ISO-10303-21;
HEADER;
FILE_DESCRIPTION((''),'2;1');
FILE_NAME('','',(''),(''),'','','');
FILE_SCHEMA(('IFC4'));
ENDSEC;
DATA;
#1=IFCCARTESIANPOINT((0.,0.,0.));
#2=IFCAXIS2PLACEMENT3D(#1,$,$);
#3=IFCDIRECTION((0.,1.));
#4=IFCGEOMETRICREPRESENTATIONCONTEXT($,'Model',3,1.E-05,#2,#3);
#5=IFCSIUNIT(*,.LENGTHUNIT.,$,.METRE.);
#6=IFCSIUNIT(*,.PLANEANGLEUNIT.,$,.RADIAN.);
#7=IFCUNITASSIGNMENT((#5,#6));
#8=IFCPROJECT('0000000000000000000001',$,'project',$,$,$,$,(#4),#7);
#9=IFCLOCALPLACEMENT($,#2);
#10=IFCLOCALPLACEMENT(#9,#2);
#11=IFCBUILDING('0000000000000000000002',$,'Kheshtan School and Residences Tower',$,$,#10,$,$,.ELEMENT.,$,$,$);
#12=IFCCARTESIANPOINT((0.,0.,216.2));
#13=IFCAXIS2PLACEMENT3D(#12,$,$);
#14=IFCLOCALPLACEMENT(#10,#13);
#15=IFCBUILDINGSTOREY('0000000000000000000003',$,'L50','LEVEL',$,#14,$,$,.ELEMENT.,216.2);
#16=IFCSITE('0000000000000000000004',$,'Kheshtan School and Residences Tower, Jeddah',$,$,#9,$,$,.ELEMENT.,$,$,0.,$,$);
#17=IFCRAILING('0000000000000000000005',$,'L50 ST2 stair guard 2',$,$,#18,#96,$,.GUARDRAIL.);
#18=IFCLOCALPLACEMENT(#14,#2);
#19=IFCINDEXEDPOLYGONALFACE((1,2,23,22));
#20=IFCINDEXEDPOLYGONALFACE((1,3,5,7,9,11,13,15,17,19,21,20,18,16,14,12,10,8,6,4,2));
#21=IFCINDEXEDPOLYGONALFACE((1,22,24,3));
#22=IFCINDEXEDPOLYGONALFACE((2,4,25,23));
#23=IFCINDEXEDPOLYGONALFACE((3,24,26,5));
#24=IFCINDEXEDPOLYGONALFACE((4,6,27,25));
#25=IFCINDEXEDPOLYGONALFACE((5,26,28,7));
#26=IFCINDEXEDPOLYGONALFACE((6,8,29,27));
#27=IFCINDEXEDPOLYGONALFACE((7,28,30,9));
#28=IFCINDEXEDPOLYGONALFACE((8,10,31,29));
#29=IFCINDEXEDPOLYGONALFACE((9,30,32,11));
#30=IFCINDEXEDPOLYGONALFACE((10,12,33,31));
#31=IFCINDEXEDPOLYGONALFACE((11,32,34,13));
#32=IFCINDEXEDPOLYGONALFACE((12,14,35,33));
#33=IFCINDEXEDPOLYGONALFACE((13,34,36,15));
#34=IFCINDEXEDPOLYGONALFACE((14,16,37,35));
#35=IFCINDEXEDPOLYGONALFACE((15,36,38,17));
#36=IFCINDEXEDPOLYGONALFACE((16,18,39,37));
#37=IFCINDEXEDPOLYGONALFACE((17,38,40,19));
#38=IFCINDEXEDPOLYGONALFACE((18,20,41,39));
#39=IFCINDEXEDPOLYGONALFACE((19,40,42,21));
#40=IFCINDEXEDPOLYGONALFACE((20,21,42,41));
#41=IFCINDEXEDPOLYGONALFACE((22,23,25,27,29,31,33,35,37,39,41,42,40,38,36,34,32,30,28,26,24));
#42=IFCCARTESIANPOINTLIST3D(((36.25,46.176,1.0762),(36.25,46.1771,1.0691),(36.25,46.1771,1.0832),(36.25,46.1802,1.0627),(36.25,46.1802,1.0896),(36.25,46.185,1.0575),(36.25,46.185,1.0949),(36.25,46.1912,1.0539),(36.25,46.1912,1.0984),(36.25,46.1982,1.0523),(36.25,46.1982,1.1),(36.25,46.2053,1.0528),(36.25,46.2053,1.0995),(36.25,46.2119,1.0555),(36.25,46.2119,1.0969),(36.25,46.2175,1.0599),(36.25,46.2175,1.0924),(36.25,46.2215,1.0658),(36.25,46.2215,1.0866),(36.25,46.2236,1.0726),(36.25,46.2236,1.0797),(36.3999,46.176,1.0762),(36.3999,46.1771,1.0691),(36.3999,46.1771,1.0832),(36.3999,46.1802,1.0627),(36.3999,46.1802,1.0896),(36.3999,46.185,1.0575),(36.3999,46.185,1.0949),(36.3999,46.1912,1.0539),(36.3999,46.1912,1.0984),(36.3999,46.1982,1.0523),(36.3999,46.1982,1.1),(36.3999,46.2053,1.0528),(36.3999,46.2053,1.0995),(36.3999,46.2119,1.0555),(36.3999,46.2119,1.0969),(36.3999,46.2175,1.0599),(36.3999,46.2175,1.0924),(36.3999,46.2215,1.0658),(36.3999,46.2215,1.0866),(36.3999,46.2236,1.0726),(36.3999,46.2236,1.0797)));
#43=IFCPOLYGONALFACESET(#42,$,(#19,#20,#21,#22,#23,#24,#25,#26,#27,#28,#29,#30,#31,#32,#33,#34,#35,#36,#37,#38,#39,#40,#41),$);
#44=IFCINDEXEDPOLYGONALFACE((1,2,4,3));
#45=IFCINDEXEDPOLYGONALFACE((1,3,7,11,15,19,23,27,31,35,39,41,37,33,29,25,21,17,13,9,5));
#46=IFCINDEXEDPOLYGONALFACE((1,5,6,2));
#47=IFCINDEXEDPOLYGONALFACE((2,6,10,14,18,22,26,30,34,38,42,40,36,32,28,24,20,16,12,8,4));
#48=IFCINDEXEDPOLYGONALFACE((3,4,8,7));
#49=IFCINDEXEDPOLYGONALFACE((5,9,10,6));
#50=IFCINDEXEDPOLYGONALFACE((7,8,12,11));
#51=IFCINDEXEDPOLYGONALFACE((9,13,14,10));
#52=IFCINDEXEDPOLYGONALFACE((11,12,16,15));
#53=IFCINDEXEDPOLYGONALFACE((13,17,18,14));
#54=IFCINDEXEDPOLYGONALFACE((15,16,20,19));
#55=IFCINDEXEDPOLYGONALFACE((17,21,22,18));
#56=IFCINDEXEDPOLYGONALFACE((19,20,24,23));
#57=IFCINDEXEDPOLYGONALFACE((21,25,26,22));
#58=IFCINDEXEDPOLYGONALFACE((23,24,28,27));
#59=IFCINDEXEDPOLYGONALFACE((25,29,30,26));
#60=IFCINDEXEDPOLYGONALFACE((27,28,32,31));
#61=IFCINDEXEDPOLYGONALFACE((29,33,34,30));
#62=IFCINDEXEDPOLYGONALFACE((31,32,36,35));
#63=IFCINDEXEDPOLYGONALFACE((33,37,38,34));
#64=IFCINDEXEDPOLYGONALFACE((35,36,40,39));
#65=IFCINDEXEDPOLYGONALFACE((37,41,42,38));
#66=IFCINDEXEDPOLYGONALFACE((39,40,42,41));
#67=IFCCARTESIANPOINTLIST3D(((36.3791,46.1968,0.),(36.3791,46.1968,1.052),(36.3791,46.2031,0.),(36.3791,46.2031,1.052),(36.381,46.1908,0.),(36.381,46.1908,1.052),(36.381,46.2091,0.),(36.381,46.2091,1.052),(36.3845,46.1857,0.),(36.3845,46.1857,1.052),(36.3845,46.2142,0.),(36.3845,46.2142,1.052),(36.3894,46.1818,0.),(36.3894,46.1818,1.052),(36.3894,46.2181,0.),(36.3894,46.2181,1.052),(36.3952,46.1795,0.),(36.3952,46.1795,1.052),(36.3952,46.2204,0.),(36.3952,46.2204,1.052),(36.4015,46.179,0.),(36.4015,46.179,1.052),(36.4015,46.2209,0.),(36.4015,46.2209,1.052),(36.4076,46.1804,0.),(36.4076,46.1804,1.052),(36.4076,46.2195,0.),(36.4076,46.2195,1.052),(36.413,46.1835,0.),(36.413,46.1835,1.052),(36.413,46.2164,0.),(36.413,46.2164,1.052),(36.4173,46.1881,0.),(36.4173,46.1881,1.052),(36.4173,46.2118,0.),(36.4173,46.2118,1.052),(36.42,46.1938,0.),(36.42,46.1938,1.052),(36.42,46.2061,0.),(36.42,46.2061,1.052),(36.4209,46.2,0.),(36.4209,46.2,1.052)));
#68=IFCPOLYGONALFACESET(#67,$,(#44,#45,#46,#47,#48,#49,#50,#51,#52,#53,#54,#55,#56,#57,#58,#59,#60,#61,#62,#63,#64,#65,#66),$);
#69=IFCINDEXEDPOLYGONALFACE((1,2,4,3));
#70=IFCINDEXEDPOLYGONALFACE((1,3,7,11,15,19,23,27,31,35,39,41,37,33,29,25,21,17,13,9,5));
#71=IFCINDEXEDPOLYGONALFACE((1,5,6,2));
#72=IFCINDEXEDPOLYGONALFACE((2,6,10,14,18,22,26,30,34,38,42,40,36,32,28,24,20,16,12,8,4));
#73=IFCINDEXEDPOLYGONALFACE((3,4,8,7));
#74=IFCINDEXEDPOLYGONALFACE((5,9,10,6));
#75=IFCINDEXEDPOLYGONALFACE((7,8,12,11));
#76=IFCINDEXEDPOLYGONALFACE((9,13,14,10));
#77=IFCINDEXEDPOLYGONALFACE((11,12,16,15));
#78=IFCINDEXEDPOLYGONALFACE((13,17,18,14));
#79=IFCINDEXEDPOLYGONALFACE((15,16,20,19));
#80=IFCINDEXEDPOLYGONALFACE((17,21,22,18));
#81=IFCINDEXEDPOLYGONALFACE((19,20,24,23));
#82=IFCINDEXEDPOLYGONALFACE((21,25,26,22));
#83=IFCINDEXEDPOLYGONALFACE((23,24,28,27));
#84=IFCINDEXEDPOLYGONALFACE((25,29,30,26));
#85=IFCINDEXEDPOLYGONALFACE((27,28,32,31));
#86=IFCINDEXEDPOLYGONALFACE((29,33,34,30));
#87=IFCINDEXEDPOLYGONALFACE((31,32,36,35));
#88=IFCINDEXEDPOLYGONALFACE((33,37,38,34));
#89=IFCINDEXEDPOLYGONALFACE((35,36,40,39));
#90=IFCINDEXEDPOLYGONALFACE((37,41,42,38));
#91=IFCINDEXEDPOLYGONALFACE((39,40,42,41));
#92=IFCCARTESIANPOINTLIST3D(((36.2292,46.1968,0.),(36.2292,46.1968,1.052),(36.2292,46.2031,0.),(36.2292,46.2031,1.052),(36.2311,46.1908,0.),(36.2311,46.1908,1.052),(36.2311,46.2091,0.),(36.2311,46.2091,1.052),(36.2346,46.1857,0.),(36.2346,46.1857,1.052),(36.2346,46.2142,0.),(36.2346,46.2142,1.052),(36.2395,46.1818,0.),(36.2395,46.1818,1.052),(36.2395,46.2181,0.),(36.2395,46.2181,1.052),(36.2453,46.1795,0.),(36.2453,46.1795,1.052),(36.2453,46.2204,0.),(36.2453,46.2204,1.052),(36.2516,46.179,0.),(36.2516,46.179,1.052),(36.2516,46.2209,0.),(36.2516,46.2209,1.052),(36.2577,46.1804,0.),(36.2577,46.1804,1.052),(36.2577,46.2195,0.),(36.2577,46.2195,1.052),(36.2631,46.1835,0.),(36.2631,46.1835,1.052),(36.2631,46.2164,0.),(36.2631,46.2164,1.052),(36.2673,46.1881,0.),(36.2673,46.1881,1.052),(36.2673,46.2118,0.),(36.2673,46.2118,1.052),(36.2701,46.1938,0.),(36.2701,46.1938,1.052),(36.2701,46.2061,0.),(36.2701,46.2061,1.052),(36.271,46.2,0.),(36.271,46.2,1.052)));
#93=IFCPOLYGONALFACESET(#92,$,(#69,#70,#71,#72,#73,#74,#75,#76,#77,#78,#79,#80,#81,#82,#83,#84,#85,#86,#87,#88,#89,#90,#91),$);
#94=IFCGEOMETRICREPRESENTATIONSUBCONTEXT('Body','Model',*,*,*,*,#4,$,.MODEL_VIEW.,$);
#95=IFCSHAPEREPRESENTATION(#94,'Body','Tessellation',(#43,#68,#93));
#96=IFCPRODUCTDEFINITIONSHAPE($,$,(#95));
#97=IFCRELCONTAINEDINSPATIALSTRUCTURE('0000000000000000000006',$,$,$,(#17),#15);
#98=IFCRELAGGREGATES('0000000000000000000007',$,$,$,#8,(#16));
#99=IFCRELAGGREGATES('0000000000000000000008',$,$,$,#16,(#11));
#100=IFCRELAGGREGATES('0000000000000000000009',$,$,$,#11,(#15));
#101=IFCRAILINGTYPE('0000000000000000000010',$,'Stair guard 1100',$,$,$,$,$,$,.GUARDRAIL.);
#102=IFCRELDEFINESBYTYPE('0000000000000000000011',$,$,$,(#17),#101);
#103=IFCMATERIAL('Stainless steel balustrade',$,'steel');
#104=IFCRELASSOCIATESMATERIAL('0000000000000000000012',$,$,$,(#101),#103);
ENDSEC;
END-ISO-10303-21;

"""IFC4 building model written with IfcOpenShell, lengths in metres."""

from ifc_helpers import new_model, si_unit, direction, frame, origin, origin_2d, place, context, subcontext, project, spatial, circle, extrude, material, type_object, element, save


model = new_model("IFC4")

# Units and contexts
model_context = context("Model", 3, precision=1e-05, world=origin(), true_north=direction((0.0, 1.0)))
body_context = subcontext(model_context, "Body", "Model", "MODEL_VIEW")
ifc_project = project(units=[si_unit("LENGTHUNIT", "METRE"), si_unit("PLANEANGLEUNIT", "RADIAN")], contexts=[model_context])

# Site, building, storey
site_placement = place(None, origin())
site = spatial("IfcSite", under=ifc_project, at=site_placement, Name="Kheshtan School and Residences Tower, Jeddah", CompositionType="ELEMENT", RefElevation=0.0)
building_placement = place(site_placement, origin())
building = spatial("IfcBuilding", under=site, at=building_placement, Name="Kheshtan School and Residences Tower", CompositionType="ELEMENT")
storey_placement = place(building_placement, frame((0.0, 0.0, 216.2)))
storey = spatial("IfcBuildingStorey", under=building, at=storey_placement, Name="L50", Description="LEVEL", CompositionType="ELEMENT", Elevation=216.2)

# Railing
ifc_material_1 = material(Name="Stainless steel balustrade", Category="steel")
railing_type_1 = type_object("IfcRailingType", Name="Stair guard 1100", PredefinedType="GUARDRAIL", material=ifc_material_1)
railing_1_placement = place(storey_placement, frame((36.3999, 46.2, 0.0)))
element("IfcRailing", 1, at=railing_1_placement, inside=storey, type_object=railing_type_1, Name="L50 ST2 stair guard 2", PredefinedType="GUARDRAIL", context=body_context, shape_type="SweptSolid", body=[
    extrude(circle(Radius=0.0239, at=origin_2d()), frame((0.0, 0.0, 1.0762), z_axis=(-1.0, 0.0, 0.0), x_axis=(0.0, -1.0, 0.0)), (0.0, 0.0, 1.0), 0.1499),
    extrude(circle(Radius=0.021, at=origin_2d()), origin(), (0.0, 0.0, 1.0), 1.052),
    extrude(circle(Radius=0.021, at=origin_2d()), frame((-0.1499, 0.0, 0.0)), (0.0, 0.0, 1.0), 1.052),
])

save(model, "model.ifc")
